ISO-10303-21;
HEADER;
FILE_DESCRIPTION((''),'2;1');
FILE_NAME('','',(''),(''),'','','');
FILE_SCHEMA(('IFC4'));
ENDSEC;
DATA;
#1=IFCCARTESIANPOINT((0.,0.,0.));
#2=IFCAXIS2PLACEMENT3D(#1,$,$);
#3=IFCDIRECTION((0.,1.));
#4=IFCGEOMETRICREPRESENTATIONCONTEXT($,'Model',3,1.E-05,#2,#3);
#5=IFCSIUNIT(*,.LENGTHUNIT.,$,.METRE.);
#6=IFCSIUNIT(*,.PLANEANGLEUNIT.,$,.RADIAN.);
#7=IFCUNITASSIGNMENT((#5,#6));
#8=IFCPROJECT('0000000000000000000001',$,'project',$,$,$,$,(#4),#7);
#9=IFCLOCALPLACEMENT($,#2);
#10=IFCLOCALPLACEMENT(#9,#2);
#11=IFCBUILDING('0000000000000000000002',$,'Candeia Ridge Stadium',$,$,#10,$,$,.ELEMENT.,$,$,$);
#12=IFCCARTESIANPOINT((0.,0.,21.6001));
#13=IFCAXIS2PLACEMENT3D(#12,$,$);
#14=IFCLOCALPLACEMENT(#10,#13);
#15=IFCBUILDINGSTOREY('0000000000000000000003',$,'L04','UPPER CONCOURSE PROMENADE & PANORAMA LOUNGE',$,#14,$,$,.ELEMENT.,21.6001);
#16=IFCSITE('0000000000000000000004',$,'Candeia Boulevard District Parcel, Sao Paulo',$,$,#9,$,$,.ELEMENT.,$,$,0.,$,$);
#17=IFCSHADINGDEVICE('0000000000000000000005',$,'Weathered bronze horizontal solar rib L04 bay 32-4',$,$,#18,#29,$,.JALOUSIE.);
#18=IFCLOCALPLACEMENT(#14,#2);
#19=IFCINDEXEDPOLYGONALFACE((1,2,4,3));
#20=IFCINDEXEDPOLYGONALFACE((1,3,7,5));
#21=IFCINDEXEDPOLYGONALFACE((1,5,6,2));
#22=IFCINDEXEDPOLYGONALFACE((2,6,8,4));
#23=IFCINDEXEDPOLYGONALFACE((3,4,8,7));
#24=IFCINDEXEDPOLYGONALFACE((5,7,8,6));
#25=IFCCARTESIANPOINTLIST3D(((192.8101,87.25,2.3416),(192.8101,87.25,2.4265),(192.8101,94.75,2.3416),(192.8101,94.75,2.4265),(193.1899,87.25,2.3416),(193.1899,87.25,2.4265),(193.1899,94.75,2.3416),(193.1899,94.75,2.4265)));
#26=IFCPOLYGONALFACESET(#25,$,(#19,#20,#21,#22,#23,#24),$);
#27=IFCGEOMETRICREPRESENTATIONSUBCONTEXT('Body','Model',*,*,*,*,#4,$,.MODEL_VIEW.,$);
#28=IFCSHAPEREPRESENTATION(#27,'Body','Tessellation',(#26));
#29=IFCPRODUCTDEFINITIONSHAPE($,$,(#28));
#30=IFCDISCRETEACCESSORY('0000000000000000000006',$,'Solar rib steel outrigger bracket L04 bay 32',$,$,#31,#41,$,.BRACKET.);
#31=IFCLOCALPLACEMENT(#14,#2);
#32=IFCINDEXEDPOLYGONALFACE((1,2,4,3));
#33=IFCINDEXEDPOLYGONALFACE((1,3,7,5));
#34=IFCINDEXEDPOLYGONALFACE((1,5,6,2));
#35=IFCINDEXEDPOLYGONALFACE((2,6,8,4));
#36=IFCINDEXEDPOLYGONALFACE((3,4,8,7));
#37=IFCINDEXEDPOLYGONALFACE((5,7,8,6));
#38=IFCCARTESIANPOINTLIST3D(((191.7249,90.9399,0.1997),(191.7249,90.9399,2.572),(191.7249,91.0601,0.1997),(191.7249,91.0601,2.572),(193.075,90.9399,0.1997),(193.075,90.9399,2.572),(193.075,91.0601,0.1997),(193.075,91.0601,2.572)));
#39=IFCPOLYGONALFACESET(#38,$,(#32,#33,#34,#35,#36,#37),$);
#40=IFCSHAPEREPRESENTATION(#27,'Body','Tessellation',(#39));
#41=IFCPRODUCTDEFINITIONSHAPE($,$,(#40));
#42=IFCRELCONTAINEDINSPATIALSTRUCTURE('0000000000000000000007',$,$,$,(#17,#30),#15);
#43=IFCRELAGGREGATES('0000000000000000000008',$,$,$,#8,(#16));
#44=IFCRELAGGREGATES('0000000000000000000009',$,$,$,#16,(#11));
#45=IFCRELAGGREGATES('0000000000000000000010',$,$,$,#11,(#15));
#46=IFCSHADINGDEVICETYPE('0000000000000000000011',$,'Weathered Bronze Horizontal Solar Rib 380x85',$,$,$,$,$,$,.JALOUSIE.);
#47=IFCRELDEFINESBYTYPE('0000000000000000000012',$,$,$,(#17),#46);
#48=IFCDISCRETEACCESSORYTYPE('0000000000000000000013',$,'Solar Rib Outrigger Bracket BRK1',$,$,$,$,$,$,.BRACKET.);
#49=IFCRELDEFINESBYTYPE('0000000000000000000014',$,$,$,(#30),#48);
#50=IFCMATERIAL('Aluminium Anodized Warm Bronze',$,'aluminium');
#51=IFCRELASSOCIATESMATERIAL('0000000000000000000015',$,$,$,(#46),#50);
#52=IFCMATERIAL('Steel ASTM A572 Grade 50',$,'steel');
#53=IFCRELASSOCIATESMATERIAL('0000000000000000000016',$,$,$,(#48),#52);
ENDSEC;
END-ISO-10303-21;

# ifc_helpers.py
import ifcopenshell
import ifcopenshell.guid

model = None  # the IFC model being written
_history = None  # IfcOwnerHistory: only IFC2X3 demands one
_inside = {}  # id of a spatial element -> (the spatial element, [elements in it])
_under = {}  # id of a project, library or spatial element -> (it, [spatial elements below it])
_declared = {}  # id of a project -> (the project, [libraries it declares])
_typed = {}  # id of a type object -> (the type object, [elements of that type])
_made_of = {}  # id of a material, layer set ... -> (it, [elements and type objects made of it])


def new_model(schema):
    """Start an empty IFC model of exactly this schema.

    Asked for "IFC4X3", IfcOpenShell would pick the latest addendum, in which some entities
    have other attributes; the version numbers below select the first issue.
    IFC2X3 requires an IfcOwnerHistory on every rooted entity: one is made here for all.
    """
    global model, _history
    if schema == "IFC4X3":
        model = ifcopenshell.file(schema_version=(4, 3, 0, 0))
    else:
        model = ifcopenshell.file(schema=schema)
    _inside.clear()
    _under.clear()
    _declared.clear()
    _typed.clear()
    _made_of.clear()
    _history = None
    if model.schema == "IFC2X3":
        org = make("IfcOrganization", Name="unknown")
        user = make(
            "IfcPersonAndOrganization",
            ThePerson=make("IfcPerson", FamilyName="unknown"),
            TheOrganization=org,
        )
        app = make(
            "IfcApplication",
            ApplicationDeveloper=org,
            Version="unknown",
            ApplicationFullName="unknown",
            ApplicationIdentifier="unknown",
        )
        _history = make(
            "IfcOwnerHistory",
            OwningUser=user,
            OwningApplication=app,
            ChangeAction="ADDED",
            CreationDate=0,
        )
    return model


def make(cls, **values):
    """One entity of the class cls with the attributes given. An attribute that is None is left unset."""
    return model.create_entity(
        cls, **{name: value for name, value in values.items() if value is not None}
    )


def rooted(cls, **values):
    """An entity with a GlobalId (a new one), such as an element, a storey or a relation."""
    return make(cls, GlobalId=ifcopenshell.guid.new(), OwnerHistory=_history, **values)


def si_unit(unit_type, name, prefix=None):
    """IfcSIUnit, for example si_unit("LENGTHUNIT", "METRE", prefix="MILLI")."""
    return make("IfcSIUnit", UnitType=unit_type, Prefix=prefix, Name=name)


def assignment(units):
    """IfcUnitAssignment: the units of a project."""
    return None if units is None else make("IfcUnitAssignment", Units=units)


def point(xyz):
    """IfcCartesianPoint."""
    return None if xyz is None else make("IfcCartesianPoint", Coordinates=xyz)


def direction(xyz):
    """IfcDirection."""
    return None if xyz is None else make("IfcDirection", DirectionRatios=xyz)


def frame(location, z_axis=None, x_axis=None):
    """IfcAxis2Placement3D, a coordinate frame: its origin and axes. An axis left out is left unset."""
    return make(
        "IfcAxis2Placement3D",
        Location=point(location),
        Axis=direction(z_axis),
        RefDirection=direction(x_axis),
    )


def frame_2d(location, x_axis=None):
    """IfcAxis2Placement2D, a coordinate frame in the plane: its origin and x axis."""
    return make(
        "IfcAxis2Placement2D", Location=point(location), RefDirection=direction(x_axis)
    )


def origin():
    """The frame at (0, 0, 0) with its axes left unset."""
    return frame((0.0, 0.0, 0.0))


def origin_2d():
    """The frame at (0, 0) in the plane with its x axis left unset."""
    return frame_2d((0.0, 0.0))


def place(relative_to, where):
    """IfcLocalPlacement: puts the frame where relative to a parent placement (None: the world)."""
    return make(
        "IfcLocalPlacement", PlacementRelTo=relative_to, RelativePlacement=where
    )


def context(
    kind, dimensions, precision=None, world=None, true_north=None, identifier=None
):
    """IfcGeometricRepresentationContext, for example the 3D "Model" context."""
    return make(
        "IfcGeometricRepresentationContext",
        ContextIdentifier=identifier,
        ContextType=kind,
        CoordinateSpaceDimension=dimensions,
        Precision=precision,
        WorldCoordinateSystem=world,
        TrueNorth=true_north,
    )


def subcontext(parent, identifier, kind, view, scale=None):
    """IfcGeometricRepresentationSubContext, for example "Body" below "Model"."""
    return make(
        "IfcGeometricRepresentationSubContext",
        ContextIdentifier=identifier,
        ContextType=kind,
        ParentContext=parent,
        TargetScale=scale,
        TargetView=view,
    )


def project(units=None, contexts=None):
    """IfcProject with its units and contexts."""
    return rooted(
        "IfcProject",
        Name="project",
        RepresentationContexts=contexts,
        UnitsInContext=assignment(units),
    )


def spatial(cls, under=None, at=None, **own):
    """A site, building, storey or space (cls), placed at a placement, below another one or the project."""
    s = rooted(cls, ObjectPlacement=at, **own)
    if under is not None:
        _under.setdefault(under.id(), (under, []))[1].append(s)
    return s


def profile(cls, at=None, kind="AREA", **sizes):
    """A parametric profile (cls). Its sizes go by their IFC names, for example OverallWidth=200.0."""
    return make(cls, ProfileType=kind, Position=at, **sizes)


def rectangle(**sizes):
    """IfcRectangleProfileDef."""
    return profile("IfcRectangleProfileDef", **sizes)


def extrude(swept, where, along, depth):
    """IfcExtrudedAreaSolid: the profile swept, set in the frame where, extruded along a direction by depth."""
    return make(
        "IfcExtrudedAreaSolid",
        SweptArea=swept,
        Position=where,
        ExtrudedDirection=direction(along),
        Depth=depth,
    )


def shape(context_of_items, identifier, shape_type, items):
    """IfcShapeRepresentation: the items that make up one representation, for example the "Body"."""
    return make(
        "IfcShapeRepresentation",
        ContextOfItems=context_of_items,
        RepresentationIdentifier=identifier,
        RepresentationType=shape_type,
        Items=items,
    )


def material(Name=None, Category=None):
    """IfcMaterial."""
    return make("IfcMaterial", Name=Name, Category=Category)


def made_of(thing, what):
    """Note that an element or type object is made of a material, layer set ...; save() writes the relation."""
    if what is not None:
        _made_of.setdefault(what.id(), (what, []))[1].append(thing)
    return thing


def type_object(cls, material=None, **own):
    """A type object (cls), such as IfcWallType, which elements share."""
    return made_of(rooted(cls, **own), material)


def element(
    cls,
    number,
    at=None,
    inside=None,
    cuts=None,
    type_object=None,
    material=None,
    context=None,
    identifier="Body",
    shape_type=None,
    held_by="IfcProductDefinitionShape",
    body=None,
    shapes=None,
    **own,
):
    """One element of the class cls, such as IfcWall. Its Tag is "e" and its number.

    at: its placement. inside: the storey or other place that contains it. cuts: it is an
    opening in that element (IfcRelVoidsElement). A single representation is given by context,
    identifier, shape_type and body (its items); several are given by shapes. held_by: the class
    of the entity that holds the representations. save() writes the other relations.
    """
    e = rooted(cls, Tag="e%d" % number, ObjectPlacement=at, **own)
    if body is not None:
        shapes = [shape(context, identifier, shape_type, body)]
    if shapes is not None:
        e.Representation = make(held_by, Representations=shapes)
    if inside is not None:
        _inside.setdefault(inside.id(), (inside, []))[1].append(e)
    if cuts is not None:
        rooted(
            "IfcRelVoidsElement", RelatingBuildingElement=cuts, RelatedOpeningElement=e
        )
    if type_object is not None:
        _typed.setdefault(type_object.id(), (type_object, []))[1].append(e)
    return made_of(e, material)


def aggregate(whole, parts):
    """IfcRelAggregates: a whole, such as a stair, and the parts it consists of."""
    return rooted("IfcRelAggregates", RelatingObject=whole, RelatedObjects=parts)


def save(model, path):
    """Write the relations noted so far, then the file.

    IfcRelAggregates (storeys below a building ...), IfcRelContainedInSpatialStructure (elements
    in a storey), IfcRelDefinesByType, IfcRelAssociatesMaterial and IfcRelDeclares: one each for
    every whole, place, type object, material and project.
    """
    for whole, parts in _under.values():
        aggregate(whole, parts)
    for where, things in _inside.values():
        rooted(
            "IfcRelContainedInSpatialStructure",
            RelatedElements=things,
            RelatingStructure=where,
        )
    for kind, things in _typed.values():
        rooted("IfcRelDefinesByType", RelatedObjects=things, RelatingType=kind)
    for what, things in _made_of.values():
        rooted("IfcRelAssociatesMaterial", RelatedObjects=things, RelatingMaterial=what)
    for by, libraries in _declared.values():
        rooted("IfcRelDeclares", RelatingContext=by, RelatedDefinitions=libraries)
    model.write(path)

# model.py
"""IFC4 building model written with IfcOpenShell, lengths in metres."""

from ifc_helpers import new_model, si_unit, direction, frame, origin, origin_2d, place, context, subcontext, project, spatial, rectangle, extrude, material, type_object, element, save


model = new_model("IFC4")

# Units and contexts
model_context = context("Model", 3, precision=1e-05, world=origin(), true_north=direction((0.0, 1.0)))
body_context = subcontext(model_context, "Body", "Model", "MODEL_VIEW")
ifc_project = project(units=[si_unit("LENGTHUNIT", "METRE"), si_unit("PLANEANGLEUNIT", "RADIAN")], contexts=[model_context])

# Site, building, storey
site_placement = place(None, origin())
site = spatial("IfcSite", under=ifc_project, at=site_placement, Name="Candeia Boulevard District Parcel, Sao Paulo", CompositionType="ELEMENT", RefElevation=0.0)
building_placement = place(site_placement, origin())
building = spatial("IfcBuilding", under=site, at=building_placement, Name="Candeia Ridge Stadium", CompositionType="ELEMENT")
storey_placement = place(building_placement, frame((0.0, 0.0, 21.6001)))
storey = spatial("IfcBuildingStorey", under=building, at=storey_placement, Name="L04", Description="UPPER CONCOURSE PROMENADE & PANORAMA LOUNGE", CompositionType="ELEMENT", Elevation=21.6001)

# Shared definitions
ifc_material_1 = material(Name="Aluminium Anodized Warm Bronze", Category="aluminium")

# Shading device
shading_device_type = type_object("IfcShadingDeviceType", Name="Weathered Bronze Horizontal Solar Rib 380x85", PredefinedType="JALOUSIE", material=ifc_material_1)
for number, where, z_axis, x_axis, name in (
    (1, (193.0, 91.0, 2.3416), (0.0, 0.0, 1.0), (0.0, 1.0, 0.0), "Weathered bronze horizontal solar rib L04 bay 32-4"),
):
    element("IfcShadingDevice", number, at=place(storey_placement, frame(where, z_axis=z_axis, x_axis=x_axis)), inside=storey, type_object=shading_device_type, Name=name, PredefinedType="JALOUSIE", context=body_context, shape_type="SweptSolid", body=[
        extrude(rectangle(XDim=7.5, YDim=0.3799, at=origin_2d()), origin(), (0.0, 0.0, 1.0), 0.085),
    ])

# Discrete accessory
ifc_material_2 = material(Name="Steel ASTM A572 Grade 50", Category="steel")
discrete_accessory_type = type_object("IfcDiscreteAccessoryType", Name="Solar Rib Outrigger Bracket BRK1", PredefinedType="BRACKET", material=ifc_material_2)
discrete_accessory_placement = place(storey_placement, frame((192.3999, 91.0, 0.1997), z_axis=(0.0, 0.0, 1.0), x_axis=(1.0, 0.0, 0.0)))
element("IfcDiscreteAccessory", 2, at=discrete_accessory_placement, inside=storey, type_object=discrete_accessory_type, Name="Solar rib steel outrigger bracket L04 bay 32", PredefinedType="BRACKET", context=body_context, shape_type="SweptSolid", body=[
    extrude(rectangle(XDim=1.3501, YDim=0.1201, at=origin_2d()), origin(), (0.0, 0.0, 1.0), 2.3723),
])

save(model, "model.ifc")
